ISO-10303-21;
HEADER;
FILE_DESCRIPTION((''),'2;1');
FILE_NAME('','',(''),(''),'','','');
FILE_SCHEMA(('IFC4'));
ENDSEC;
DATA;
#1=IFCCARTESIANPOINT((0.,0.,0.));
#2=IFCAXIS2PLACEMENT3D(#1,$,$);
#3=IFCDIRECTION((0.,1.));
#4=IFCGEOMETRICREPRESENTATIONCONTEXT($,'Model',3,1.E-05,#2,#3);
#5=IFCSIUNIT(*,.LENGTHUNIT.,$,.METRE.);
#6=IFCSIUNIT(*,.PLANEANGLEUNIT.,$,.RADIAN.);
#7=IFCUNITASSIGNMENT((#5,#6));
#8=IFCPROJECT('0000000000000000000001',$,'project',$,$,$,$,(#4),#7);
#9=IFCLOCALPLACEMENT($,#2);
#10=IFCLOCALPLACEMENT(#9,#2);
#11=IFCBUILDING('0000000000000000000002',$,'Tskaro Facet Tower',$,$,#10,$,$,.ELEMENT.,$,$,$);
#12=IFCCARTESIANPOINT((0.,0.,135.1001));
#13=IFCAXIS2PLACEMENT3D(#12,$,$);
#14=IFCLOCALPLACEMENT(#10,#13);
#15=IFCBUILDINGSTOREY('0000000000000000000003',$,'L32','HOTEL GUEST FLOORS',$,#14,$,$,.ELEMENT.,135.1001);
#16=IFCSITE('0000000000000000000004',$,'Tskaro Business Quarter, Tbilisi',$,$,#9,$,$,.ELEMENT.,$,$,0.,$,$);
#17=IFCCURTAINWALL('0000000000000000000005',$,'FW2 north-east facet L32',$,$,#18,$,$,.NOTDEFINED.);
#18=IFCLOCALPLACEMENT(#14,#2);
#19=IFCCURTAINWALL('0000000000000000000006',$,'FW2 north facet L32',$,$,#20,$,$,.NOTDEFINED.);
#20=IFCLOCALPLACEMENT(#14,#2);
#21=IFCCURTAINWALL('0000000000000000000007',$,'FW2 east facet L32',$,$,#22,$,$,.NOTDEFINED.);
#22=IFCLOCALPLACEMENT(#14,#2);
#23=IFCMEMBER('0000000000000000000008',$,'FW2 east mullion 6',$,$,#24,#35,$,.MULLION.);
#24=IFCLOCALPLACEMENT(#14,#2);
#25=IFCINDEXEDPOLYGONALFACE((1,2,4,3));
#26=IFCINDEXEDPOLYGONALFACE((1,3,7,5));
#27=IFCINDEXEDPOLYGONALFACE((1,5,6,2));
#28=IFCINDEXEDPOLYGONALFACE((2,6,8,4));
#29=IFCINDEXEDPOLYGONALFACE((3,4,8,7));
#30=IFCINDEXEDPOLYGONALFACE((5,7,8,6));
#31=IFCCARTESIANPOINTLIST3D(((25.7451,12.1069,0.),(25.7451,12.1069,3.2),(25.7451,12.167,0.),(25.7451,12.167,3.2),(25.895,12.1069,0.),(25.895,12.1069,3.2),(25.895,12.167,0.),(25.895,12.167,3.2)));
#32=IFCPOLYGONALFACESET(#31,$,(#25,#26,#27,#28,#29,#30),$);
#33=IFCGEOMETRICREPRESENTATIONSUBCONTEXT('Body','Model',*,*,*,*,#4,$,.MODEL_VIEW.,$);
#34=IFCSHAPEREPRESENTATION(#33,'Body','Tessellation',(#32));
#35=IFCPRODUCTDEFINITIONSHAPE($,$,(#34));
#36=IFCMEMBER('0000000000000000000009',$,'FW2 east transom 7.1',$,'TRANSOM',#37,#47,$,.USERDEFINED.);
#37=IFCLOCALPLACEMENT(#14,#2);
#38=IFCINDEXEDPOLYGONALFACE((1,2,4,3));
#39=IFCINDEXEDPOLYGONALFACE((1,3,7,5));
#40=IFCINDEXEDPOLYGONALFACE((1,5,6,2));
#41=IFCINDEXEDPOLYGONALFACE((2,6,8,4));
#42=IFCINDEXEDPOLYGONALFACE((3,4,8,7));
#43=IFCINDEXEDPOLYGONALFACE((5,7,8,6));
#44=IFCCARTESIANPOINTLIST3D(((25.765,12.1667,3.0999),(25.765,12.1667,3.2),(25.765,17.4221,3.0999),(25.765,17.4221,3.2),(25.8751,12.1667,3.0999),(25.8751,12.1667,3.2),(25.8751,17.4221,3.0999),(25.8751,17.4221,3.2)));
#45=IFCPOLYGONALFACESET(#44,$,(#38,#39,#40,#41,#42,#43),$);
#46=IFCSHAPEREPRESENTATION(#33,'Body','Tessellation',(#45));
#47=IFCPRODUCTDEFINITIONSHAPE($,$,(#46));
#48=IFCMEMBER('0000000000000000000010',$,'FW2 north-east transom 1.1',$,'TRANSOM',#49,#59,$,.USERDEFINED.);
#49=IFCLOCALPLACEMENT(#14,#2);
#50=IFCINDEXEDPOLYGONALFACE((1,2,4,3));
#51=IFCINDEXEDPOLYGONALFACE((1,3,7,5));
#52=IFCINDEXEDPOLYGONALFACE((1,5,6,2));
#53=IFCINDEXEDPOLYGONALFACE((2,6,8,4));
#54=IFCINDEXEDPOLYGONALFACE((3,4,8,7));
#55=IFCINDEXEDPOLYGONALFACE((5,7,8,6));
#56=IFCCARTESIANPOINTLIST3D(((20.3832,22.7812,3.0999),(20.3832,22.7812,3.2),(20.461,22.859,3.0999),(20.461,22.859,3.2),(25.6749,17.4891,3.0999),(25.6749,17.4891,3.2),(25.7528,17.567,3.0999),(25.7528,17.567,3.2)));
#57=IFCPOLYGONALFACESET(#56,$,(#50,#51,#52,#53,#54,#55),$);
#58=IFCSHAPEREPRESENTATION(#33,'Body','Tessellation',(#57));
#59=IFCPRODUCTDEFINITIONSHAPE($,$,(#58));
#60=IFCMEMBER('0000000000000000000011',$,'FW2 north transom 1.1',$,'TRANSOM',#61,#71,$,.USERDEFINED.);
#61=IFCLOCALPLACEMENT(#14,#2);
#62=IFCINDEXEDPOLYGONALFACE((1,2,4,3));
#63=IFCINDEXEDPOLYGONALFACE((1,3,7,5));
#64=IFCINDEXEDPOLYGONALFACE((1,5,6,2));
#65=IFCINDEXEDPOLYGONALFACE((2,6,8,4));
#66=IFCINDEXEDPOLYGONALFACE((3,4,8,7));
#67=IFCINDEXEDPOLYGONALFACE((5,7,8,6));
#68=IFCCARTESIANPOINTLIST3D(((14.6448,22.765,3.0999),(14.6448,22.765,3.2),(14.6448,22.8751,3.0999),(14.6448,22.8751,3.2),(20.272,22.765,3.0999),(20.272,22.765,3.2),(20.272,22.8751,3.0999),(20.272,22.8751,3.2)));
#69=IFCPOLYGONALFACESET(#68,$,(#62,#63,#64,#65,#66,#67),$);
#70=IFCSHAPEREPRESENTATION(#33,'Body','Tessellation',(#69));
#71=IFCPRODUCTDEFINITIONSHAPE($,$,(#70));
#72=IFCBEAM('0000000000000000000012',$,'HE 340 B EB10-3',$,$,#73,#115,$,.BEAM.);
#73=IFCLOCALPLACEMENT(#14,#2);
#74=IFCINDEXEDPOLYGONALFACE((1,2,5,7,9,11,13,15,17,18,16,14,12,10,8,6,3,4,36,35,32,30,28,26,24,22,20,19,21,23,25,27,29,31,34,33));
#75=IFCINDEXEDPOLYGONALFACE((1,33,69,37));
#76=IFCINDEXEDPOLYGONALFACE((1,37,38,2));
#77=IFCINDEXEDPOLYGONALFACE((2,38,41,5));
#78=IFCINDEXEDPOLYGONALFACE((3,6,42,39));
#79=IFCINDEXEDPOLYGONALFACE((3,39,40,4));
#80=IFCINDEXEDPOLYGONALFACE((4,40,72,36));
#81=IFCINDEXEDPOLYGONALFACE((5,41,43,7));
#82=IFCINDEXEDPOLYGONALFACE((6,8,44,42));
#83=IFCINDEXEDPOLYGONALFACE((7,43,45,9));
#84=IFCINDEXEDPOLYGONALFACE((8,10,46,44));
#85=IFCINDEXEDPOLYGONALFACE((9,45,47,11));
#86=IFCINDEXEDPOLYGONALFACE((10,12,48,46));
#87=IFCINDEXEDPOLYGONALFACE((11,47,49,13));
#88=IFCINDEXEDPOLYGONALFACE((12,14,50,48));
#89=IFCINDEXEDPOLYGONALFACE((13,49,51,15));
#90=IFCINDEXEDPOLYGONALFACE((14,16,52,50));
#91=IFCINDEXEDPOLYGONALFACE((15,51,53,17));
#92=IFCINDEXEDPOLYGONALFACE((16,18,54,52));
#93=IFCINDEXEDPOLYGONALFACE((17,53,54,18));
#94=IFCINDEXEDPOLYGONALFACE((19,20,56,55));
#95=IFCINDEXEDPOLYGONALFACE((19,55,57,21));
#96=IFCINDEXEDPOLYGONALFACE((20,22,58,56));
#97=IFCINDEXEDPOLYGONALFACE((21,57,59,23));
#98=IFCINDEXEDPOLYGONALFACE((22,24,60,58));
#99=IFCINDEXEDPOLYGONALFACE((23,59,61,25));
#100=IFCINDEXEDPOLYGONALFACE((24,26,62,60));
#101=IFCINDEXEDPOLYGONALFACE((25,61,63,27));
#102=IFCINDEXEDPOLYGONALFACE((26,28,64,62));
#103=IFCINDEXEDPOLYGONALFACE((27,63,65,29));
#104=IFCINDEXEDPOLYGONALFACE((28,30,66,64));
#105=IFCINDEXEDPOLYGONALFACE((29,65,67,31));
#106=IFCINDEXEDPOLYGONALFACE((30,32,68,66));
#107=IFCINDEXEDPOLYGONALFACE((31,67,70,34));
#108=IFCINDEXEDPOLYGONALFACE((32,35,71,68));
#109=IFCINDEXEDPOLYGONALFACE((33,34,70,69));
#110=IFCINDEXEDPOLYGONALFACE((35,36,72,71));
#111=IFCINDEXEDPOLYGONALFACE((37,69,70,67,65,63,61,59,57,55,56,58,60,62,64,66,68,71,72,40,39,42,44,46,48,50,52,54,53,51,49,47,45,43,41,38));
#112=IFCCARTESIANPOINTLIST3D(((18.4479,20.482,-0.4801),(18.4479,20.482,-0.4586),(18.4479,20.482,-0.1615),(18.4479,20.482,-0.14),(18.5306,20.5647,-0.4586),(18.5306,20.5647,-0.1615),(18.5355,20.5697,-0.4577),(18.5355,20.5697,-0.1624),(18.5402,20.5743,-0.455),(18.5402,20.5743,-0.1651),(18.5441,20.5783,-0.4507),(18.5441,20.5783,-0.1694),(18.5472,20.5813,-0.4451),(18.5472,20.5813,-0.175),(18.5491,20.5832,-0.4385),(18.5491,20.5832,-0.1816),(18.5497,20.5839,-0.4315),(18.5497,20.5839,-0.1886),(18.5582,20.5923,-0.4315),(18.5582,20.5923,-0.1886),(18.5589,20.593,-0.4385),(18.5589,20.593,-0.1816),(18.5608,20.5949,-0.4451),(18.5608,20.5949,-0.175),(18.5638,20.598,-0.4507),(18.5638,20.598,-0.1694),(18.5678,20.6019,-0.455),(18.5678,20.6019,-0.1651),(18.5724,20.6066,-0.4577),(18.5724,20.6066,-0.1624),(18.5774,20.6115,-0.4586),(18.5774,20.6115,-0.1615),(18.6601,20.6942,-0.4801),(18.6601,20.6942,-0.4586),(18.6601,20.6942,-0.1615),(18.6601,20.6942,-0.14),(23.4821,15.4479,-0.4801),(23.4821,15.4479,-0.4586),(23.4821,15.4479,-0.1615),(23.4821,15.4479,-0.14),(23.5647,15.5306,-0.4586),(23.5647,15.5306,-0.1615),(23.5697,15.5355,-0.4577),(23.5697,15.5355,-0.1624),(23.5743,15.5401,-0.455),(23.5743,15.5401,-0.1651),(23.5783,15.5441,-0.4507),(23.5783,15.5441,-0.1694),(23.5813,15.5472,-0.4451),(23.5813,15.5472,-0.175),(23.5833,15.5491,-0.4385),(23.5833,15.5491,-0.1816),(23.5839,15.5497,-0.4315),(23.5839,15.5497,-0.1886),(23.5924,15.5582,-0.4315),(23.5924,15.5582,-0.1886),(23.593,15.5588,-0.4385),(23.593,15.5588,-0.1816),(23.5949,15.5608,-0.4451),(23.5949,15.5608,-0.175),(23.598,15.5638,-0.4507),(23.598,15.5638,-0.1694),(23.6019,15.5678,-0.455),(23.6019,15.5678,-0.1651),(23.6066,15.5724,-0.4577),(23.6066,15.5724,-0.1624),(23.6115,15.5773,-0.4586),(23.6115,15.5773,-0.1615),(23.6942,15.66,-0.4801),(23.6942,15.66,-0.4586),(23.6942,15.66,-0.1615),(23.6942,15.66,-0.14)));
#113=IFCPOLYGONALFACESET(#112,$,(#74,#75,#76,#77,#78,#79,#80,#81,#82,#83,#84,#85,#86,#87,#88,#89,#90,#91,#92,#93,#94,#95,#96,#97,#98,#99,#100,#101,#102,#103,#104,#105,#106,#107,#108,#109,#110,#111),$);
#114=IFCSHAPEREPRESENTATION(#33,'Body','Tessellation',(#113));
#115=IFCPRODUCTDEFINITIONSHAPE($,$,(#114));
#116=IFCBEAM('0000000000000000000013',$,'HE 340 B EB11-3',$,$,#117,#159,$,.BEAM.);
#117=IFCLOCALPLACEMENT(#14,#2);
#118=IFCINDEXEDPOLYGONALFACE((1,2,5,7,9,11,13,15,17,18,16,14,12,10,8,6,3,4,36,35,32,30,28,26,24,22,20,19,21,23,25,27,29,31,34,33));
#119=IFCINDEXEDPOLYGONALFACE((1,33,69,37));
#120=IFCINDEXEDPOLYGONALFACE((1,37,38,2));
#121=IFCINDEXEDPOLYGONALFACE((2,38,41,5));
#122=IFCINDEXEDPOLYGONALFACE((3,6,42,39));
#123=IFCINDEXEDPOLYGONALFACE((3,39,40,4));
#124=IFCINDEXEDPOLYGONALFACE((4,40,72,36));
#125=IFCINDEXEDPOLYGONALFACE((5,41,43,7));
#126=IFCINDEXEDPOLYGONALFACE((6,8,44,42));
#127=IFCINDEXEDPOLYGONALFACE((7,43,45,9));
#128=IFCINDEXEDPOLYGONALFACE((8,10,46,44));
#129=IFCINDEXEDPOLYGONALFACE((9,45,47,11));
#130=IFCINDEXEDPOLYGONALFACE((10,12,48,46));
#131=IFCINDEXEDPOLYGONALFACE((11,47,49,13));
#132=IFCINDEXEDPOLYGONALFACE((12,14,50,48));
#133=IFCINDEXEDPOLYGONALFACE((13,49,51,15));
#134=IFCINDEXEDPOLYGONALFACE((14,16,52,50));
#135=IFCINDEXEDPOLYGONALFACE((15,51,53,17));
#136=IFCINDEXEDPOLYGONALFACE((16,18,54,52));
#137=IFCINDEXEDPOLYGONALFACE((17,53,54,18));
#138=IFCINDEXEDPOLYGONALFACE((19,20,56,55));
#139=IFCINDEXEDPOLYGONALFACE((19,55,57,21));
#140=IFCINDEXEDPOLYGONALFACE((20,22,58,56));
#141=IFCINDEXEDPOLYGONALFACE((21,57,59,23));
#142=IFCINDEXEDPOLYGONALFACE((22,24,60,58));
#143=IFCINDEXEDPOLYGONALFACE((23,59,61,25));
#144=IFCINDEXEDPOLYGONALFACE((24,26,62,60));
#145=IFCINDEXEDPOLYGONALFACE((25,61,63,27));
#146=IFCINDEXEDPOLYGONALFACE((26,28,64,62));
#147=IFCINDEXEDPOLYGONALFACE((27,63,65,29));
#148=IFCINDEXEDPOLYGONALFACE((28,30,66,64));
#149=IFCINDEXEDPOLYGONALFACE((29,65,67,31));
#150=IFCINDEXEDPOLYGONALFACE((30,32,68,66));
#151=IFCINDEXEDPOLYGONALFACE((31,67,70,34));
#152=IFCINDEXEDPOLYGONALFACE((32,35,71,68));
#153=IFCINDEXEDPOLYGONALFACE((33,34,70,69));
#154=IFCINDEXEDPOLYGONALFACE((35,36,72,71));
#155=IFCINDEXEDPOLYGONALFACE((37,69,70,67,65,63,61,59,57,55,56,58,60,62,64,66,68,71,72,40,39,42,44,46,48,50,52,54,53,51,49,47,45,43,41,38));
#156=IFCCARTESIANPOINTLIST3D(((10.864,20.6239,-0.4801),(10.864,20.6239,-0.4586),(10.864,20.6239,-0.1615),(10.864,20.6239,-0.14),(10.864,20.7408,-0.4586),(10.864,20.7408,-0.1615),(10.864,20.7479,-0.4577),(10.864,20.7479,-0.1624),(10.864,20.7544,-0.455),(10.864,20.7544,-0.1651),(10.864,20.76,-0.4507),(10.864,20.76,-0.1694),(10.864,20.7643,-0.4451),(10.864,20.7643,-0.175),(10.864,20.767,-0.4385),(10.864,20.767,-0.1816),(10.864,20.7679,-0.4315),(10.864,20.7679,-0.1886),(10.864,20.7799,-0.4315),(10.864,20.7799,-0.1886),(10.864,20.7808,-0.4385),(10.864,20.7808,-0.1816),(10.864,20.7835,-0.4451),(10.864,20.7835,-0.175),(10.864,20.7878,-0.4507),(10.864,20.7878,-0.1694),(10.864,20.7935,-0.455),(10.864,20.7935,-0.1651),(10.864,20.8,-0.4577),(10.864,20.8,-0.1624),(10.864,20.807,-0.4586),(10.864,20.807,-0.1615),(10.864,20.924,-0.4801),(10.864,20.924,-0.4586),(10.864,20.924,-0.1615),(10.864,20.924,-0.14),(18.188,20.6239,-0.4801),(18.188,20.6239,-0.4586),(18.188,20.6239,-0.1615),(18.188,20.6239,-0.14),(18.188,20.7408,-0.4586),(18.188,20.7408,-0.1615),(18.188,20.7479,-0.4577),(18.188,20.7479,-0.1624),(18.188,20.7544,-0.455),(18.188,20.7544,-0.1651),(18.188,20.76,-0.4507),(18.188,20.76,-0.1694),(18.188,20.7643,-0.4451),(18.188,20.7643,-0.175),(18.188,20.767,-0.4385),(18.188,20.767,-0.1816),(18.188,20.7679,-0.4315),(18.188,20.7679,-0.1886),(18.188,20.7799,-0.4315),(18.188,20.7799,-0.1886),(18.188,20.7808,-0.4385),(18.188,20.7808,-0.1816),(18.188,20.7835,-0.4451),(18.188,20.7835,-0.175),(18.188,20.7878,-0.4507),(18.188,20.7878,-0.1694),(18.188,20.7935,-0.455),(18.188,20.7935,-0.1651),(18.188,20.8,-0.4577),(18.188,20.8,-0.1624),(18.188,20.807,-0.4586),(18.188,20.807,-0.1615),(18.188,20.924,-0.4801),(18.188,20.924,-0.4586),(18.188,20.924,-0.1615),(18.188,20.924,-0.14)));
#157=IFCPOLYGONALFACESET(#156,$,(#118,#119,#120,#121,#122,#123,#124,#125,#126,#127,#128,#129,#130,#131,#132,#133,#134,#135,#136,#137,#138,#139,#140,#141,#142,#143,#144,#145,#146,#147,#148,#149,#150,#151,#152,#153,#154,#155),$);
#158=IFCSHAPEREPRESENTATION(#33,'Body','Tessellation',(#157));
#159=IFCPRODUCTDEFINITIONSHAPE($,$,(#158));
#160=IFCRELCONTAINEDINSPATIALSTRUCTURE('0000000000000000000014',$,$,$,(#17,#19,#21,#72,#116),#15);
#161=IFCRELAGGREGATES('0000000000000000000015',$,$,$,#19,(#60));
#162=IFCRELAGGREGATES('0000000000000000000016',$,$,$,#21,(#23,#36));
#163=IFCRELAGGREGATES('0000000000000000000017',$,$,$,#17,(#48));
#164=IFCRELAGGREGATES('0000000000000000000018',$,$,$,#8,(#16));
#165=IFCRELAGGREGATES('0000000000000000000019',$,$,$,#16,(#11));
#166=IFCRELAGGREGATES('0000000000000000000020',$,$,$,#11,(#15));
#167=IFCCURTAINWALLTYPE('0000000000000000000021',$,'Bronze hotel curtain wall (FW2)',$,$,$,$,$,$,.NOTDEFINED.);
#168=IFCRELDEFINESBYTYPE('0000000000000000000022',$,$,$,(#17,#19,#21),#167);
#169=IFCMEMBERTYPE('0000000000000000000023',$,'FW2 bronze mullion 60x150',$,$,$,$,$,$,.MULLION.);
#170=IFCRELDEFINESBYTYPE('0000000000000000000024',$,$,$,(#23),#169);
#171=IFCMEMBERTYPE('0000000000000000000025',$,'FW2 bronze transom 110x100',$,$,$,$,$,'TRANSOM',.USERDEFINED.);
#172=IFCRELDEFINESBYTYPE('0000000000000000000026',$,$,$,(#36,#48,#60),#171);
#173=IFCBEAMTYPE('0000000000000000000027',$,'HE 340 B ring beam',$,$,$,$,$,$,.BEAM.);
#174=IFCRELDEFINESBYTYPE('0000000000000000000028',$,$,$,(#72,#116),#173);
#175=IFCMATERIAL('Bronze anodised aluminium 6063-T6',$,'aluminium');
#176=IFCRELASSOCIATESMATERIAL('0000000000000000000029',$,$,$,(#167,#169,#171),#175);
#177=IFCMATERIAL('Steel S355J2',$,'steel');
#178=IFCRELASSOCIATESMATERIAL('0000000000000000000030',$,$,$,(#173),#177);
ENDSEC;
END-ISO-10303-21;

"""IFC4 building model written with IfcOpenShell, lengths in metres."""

from ifc_helpers import new_model, si_unit, direction, frame, origin, origin_2d, place, context, subcontext, project, spatial, rectangle, i_section, extrude, material, material_profile, profile_set, type_object, element, aggregate, save


model = new_model("IFC4")

# Units and contexts
model_context = context("Model", 3, precision=1e-05, world=origin(), true_north=direction((0.0, 1.0)))
body_context = subcontext(model_context, "Body", "Model", "MODEL_VIEW")
ifc_project = project(units=[si_unit("LENGTHUNIT", "METRE"), si_unit("PLANEANGLEUNIT", "RADIAN")], contexts=[model_context])

# Site, building, storey
site_placement = place(None, origin())
site = spatial("IfcSite", under=ifc_project, at=site_placement, Name="Tskaro Business Quarter, Tbilisi", CompositionType="ELEMENT", RefElevation=0.0)
building_placement = place(site_placement, origin())
building = spatial("IfcBuilding", under=site, at=building_placement, Name="Tskaro Facet Tower", CompositionType="ELEMENT")
storey_placement = place(building_placement, frame((0.0, 0.0, 135.1001)))
storey = spatial("IfcBuildingStorey", under=building, at=storey_placement, Name="L32", Description="HOTEL GUEST FLOORS", CompositionType="ELEMENT", Elevation=135.1001)

# Curtain walls
ifc_material_1 = material(Name="Bronze anodised aluminium 6063-T6", Category="aluminium")
curtain_wall_type = type_object("IfcCurtainWallType", Name="Bronze hotel curtain wall (FW2)", PredefinedType="NOTDEFINED", material=ifc_material_1)
curtain_wall_1_placement = place(storey_placement, origin())
curtain_wall_1 = element("IfcCurtainWall", 1, at=curtain_wall_1_placement, inside=storey, type_object=curtain_wall_type, Name="FW2 north-east facet L32", PredefinedType="NOTDEFINED")
curtain_wall_2_placement = place(storey_placement, origin())
curtain_wall_2 = element("IfcCurtainWall", 2, at=curtain_wall_2_placement, inside=storey, type_object=curtain_wall_type, Name="FW2 north facet L32", PredefinedType="NOTDEFINED")

# Curtain wall, members
curtain_wall_3_placement = place(storey_placement, origin())
curtain_wall_3 = element("IfcCurtainWall", 3, at=curtain_wall_3_placement, inside=storey, type_object=curtain_wall_type, Name="FW2 east facet L32", PredefinedType="NOTDEFINED")
ifc_material_profile_1 = material_profile(ifc_material_1, rectangle(XDim=0.0601, YDim=0.1499, at=origin_2d()), Name="Mullion 60x150")
ifc_profile_set_1 = profile_set([ifc_material_profile_1], Name="Bronze anodised aluminium 6063-T6")
member_type_1 = type_object("IfcMemberType", Name="FW2 bronze mullion 60x150", PredefinedType="MULLION", material=ifc_profile_set_1)
member_1_placement = place(storey_placement, frame((25.8201, 12.137, 0.0), z_axis=(0.0, 0.0, 1.0), x_axis=(0.0, 1.0, 0.0)))
member_1 = element("IfcMember", 4, at=member_1_placement, type_object=member_type_1, Name="FW2 east mullion 6", PredefinedType="MULLION", context=body_context, shape_type="SweptSolid", body=[
    extrude(rectangle(XDim=0.0601, YDim=0.1499, at=origin_2d()), origin(), (0.0, 0.0, 1.0), 3.2),
])
ifc_material_profile_2 = material_profile(ifc_material_1, rectangle(XDim=0.1101, YDim=0.1001, at=origin_2d()), Name="Transom 110x100")
ifc_profile_set_2 = profile_set([ifc_material_profile_2], Name="Bronze anodised aluminium 6063-T6")
member_type_2 = type_object("IfcMemberType", Name="FW2 bronze transom 110x100", ElementType="TRANSOM", PredefinedType="USERDEFINED", material=ifc_profile_set_2)
member_2_placement = place(storey_placement, frame((25.8201, 12.1667, 3.1499), z_axis=(0.0, 1.0, 0.0), x_axis=(-1.0, 0.0, 0.0)))
member_2 = element("IfcMember", 5, at=member_2_placement, type_object=member_type_2, Name="FW2 east transom 7.1", ObjectType="TRANSOM", PredefinedType="USERDEFINED", context=body_context, shape_type="SweptSolid", body=[
    extrude(rectangle(XDim=0.1101, YDim=0.1001, at=origin_2d()), origin(), (0.0, 0.0, 1.0), 5.2554),
])

# Members
member_3_placement = place(storey_placement, frame((25.7139, 17.5281, 3.1499), z_axis=(-0.70709, 0.707123, 0.0), x_axis=(-0.707123, -0.70709, 0.0)))
member_3 = element("IfcMember", 6, at=member_3_placement, type_object=member_type_2, Name="FW2 north-east transom 1.1", ObjectType="TRANSOM", PredefinedType="USERDEFINED", context=body_context, shape_type="SweptSolid", body=[
    extrude(rectangle(XDim=0.1101, YDim=0.1001, at=origin_2d()), origin(), (0.0, 0.0, 1.0), 7.4839),
])
member_4_placement = place(storey_placement, frame((20.272, 22.8201, 3.1499), z_axis=(-1.0, 0.0, 0.0), x_axis=(0.0, -1.0, 0.0)))
member_4 = element("IfcMember", 7, at=member_4_placement, type_object=member_type_2, Name="FW2 north transom 1.1", ObjectType="TRANSOM", PredefinedType="USERDEFINED", context=body_context, shape_type="SweptSolid", body=[
    extrude(rectangle(XDim=0.1101, YDim=0.1001, at=origin_2d()), origin(), (0.0, 0.0, 1.0), 5.6272),
])
aggregate(curtain_wall_2, [member_4])

# Beams
ifc_material_2 = material(Name="Steel S355J2", Category="steel")
ifc_material_profile_3 = material_profile(ifc_material_2, i_section(OverallWidth=0.3, OverallDepth=0.3401, WebThickness=0.012, FlangeThickness=0.0215, FilletRadius=0.0271, at=origin_2d()), Name="HE 340 B")
ifc_profile_set_3 = profile_set([ifc_material_profile_3], Name="Steel S355J2")
beam_type_1 = type_object("IfcBeamType", Name="HE 340 B ring beam", PredefinedType="BEAM", material=ifc_profile_set_3)
beam_1_placement = place(storey_placement, frame((23.5881, 15.554, -0.3101), z_axis=(-0.707107, 0.707107, 0.0), x_axis=(-0.707107, -0.707107, 0.0)))
element("IfcBeam", 8, at=beam_1_placement, inside=storey, type_object=beam_type_1, Name="HE 340 B EB10-3", PredefinedType="BEAM", context=body_context, shape_type="SweptSolid", body=[
    extrude(i_section(OverallWidth=0.3, OverallDepth=0.3401, WebThickness=0.012, FlangeThickness=0.0215, FilletRadius=0.0271, at=origin_2d()), origin(), (0.0, 0.0, 1.0), 7.1194),
])
beam_2_placement = place(storey_placement, frame((18.188, 20.7739, -0.3101), z_axis=(-1.0, 0.0, 0.0), x_axis=(0.0, -1.0, 0.0)))
element("IfcBeam", 9, at=beam_2_placement, inside=storey, type_object=beam_type_1, Name="HE 340 B EB11-3", PredefinedType="BEAM", context=body_context, shape_type="SweptSolid", body=[
    extrude(i_section(OverallWidth=0.3, OverallDepth=0.3401, WebThickness=0.012, FlangeThickness=0.0215, FilletRadius=0.0271, at=origin_2d()), origin(), (0.0, 0.0, 1.0), 7.324),
])

aggregate(curtain_wall_3, [member_1, member_2])
aggregate(curtain_wall_1, [member_3])

save(model, "model.ifc")
